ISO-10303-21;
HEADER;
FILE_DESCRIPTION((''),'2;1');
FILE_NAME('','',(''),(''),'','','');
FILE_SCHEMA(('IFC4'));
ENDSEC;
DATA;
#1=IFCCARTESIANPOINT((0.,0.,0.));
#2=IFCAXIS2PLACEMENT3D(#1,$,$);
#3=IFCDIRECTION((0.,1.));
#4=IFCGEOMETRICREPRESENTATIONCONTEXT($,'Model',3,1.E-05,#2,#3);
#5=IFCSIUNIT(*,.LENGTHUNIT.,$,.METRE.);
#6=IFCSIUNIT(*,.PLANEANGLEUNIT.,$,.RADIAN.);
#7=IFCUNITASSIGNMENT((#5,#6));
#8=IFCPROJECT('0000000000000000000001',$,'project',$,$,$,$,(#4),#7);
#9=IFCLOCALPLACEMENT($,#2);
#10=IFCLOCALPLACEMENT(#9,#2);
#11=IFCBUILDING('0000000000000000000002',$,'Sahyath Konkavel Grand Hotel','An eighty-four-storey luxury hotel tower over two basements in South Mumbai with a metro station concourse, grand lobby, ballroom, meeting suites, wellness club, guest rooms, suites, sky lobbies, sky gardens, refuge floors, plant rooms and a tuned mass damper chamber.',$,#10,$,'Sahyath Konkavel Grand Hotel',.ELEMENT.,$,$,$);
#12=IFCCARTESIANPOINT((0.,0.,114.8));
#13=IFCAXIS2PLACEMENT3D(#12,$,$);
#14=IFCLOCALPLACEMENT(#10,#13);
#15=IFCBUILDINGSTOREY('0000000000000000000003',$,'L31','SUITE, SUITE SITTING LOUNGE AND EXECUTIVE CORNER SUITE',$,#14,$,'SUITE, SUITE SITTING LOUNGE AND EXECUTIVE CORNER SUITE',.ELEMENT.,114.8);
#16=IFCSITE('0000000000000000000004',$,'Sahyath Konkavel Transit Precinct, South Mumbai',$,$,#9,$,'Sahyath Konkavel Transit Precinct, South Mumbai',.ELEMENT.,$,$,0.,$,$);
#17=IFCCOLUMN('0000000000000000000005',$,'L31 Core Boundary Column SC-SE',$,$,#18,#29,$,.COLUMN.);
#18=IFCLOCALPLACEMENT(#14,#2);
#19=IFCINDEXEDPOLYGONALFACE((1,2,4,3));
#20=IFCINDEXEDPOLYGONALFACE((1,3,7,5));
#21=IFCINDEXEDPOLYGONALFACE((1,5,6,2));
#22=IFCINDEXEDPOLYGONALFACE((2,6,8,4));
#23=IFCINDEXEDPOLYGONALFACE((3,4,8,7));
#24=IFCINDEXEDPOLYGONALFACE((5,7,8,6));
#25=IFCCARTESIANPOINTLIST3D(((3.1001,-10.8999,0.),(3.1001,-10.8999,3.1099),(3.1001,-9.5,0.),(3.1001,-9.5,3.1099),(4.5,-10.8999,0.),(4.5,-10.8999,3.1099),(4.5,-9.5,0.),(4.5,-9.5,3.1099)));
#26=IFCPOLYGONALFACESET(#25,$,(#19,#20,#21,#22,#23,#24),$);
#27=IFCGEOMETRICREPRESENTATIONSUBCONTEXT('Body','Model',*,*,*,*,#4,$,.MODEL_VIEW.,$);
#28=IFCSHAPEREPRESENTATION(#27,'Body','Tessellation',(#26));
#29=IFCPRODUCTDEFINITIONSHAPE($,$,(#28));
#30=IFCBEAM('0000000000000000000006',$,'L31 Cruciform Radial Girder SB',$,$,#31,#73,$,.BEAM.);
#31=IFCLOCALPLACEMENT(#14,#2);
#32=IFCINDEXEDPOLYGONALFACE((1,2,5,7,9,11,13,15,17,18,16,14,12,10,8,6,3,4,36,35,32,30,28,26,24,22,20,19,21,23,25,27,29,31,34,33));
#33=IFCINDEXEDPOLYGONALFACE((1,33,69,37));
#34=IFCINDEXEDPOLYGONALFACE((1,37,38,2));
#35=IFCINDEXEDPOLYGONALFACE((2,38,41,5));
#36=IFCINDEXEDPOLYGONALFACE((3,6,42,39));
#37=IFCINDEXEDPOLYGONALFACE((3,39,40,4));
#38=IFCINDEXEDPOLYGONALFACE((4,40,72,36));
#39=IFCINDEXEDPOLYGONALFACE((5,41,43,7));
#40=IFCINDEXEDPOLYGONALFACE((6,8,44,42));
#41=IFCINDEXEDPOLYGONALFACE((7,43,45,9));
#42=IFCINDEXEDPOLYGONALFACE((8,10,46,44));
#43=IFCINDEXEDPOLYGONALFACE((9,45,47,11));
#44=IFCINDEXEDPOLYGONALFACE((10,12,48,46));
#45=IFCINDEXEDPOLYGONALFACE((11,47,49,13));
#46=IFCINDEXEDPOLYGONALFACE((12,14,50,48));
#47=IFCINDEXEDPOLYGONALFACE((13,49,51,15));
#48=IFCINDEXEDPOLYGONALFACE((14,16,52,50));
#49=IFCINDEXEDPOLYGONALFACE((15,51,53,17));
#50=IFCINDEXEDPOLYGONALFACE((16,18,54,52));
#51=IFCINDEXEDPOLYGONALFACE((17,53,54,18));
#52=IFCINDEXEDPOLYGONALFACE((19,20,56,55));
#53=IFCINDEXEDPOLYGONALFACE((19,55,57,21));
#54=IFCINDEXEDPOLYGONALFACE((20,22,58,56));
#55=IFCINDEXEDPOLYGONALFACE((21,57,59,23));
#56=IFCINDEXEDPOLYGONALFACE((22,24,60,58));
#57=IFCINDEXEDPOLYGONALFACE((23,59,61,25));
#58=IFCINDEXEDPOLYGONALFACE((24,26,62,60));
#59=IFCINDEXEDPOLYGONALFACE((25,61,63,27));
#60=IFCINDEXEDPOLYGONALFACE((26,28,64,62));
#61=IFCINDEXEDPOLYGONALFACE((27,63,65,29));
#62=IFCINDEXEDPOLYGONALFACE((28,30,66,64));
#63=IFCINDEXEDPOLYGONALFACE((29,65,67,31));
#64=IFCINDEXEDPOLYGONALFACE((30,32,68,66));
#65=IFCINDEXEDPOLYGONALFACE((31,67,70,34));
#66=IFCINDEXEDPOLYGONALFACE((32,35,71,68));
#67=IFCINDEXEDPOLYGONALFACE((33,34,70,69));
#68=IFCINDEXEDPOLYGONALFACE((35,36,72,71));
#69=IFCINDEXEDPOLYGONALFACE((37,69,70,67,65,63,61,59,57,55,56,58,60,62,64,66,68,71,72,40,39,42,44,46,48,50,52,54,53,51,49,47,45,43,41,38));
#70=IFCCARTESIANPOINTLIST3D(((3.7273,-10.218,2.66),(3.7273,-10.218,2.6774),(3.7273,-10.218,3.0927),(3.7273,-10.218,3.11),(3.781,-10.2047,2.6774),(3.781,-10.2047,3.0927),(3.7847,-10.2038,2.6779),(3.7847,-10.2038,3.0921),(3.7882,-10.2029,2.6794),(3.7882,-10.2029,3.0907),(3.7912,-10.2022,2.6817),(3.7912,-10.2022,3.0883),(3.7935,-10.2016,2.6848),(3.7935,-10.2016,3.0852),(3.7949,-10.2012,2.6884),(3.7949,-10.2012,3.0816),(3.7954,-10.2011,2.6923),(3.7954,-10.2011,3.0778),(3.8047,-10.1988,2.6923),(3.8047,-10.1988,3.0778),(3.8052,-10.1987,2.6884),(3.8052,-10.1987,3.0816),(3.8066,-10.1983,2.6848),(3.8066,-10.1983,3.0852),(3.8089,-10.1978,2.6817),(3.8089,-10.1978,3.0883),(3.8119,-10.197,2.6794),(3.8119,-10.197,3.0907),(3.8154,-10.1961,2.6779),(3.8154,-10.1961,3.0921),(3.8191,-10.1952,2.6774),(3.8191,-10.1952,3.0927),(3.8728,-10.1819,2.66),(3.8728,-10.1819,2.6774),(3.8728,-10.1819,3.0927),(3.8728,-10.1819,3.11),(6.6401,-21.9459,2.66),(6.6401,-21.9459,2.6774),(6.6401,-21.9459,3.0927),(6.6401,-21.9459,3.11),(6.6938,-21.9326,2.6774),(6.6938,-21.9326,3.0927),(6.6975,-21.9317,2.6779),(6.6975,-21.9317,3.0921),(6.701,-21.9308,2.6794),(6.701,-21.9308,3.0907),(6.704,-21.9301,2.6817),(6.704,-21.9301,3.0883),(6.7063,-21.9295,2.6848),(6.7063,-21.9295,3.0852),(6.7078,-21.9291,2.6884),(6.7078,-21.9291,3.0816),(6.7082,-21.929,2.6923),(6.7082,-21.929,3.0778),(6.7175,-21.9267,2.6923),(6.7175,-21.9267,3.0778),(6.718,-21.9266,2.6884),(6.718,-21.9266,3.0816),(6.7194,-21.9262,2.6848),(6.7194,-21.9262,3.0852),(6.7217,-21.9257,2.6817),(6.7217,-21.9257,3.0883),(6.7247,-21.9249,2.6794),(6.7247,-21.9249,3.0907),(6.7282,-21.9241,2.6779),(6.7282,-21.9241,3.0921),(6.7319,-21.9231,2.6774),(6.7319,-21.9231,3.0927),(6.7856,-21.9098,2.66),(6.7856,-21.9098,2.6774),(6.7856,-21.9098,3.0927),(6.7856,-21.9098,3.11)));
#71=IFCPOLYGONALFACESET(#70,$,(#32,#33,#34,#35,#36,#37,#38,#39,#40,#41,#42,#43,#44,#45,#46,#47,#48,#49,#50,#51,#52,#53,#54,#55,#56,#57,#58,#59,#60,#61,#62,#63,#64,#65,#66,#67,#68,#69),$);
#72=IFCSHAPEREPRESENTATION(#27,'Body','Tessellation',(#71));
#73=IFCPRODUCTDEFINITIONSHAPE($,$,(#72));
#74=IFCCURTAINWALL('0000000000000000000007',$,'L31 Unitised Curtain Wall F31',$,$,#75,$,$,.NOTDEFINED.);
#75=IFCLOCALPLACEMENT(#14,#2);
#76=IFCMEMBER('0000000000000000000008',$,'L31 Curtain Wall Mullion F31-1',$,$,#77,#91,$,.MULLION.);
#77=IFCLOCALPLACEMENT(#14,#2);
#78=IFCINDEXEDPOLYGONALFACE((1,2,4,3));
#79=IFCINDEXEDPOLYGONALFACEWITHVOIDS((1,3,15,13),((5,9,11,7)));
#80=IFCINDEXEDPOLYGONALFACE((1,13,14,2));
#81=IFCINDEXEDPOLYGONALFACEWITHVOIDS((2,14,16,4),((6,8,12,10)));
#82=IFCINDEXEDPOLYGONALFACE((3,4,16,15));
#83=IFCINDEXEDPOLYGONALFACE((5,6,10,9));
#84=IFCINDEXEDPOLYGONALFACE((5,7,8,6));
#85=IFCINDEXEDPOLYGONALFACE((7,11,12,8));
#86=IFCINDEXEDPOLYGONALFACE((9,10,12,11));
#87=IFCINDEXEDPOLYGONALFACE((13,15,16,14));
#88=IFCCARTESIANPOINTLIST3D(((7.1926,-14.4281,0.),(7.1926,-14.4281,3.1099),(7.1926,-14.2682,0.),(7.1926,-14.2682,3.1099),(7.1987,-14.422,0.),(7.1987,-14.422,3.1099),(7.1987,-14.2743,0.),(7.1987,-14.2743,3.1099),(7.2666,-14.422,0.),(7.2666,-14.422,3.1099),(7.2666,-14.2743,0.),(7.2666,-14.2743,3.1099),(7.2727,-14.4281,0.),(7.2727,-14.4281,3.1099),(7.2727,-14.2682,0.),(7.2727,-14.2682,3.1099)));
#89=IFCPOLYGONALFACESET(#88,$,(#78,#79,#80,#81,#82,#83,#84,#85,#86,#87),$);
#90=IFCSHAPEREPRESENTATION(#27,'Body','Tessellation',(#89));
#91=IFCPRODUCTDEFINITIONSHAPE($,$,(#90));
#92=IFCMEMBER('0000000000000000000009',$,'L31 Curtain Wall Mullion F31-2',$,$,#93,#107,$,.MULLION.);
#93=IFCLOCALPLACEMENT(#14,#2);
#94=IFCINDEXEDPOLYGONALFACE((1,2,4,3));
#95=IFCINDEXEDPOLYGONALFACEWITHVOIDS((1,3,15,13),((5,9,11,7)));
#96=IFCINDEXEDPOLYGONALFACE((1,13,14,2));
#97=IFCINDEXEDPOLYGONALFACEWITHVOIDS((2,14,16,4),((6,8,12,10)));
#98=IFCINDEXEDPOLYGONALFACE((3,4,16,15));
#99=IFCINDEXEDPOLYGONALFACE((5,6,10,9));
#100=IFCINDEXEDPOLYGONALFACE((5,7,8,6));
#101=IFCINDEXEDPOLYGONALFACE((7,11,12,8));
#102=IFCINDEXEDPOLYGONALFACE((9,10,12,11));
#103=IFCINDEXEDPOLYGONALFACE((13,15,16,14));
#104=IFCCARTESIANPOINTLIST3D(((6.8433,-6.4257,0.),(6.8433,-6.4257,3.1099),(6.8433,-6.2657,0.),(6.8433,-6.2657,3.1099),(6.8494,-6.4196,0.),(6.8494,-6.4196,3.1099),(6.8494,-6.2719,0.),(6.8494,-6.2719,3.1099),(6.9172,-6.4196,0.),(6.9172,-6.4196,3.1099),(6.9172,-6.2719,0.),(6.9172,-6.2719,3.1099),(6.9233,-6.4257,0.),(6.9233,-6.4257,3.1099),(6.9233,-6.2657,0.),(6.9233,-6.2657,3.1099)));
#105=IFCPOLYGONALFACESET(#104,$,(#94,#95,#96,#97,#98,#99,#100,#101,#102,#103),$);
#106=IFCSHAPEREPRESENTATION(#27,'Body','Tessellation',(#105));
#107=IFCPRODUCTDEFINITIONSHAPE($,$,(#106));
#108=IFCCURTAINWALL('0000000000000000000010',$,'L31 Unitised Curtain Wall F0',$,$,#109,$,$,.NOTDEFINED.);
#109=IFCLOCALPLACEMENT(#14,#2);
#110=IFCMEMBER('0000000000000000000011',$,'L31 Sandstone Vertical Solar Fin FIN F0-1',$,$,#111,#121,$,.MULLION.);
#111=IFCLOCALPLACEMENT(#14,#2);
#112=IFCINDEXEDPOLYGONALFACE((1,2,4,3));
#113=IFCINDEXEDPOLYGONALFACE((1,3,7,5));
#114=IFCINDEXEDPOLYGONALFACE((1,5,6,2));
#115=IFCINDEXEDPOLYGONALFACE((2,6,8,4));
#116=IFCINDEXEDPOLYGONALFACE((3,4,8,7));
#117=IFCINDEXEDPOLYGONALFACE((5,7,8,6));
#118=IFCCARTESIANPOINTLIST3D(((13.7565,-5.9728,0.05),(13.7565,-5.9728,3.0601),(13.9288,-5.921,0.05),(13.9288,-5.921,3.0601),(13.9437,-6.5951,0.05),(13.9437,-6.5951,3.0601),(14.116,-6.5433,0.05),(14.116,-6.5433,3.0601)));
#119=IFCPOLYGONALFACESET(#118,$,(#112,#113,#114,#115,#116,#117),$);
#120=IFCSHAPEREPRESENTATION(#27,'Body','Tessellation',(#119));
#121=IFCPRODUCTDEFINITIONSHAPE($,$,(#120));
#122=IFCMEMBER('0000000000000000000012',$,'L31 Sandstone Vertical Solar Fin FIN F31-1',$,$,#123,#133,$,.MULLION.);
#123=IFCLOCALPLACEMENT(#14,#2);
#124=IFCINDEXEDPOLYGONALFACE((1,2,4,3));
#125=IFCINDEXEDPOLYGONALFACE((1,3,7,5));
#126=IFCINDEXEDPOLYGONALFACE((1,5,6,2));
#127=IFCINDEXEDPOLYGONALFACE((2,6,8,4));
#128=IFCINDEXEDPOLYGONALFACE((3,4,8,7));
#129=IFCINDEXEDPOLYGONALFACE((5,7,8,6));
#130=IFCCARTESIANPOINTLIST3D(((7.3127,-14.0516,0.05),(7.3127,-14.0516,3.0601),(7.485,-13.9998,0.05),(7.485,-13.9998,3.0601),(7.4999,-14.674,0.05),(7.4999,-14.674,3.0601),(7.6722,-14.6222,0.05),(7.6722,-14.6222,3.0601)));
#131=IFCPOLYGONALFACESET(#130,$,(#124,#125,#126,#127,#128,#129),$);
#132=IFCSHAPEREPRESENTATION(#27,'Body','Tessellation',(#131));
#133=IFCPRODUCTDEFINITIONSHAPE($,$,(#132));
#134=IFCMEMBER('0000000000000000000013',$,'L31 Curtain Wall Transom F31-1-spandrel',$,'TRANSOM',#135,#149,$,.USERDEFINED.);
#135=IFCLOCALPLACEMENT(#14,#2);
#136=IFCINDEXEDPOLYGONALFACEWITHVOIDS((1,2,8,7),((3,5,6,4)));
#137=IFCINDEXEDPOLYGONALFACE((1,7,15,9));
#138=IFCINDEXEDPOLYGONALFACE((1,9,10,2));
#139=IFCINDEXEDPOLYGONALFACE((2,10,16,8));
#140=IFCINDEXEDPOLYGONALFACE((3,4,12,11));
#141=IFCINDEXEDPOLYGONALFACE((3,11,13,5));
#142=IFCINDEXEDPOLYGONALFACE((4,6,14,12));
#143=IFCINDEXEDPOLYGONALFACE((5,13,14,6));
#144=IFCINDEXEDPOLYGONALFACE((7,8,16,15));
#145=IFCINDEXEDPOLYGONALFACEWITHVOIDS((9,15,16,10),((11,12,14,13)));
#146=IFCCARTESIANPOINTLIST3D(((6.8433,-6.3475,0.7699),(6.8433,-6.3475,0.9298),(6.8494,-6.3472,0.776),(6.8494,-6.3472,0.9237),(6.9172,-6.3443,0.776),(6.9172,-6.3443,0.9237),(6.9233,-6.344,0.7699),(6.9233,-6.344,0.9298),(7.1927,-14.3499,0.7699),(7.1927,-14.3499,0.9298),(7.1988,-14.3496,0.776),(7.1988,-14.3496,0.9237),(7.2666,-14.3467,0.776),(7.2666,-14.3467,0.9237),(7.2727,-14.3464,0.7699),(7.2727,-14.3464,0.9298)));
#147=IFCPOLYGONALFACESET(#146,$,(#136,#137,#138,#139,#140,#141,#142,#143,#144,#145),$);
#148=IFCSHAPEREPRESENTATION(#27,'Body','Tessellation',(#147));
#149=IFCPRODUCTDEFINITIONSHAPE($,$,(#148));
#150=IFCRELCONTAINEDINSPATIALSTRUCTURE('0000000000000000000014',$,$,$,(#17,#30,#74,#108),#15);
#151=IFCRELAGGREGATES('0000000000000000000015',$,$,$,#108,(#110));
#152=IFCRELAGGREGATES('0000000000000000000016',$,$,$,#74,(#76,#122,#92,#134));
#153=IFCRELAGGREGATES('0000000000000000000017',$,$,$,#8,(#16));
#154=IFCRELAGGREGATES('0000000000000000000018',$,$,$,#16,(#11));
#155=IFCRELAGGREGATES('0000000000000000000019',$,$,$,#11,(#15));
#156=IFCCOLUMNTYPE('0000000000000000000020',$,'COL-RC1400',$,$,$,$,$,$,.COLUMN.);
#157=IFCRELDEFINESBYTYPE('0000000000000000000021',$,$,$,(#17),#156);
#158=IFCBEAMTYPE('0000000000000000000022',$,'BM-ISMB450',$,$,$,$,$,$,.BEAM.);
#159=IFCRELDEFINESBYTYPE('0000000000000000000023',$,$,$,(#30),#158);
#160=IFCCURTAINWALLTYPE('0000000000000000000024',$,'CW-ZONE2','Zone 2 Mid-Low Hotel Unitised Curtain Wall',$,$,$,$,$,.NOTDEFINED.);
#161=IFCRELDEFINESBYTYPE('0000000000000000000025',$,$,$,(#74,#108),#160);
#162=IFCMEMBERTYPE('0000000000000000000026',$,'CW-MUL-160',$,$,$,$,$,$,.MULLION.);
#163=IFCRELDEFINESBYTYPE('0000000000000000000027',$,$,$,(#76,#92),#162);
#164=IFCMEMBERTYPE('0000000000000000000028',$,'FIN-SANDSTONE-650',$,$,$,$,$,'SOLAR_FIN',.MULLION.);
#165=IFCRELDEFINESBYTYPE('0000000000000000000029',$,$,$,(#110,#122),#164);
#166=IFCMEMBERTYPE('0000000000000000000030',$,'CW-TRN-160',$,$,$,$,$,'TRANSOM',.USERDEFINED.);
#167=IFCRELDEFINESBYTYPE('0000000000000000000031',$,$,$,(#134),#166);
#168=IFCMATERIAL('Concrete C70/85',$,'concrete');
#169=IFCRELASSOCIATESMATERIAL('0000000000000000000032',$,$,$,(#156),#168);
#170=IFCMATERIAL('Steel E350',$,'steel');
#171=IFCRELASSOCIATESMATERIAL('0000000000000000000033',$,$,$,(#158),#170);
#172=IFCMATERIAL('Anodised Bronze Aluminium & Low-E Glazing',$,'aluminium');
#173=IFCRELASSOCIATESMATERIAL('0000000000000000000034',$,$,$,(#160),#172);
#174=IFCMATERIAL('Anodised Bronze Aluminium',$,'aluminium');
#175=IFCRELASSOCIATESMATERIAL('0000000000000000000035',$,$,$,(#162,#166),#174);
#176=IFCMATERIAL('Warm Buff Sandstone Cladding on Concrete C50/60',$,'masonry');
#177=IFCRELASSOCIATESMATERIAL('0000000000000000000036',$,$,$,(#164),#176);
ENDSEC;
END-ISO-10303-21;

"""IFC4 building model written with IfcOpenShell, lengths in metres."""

from ifc_helpers import new_model, si_unit, direction, frame, origin, origin_2d, place, context, subcontext, project, spatial, rectangle, hollow_rectangle, i_section, extrude, source, transform, mapped, material, material_profile, profile_set, type_object, element, aggregate, save


model = new_model("IFC4")

# Units and contexts
model_context = context("Model", 3, precision=1e-05, world=origin(), true_north=direction((0.0, 1.0)))
body_context = subcontext(model_context, "Body", "Model", "MODEL_VIEW")
ifc_project = project(units=[si_unit("LENGTHUNIT", "METRE"), si_unit("PLANEANGLEUNIT", "RADIAN")], contexts=[model_context])

# Site, building, storey
site_placement = place(None, origin())
site = spatial("IfcSite", under=ifc_project, at=site_placement, Name="Sahyath Konkavel Transit Precinct, South Mumbai", LongName="Sahyath Konkavel Transit Precinct, South Mumbai", CompositionType="ELEMENT", RefElevation=0.0)
building_placement = place(site_placement, origin())
building = spatial("IfcBuilding", under=site, at=building_placement, Name="Sahyath Konkavel Grand Hotel", Description="An eighty-four-storey luxury hotel tower over two basements in South Mumbai with a metro station concourse, grand lobby, ballroom, meeting suites, wellness club, guest rooms, suites, sky lobbies, sky gardens, refuge floors, plant rooms and a tuned mass damper chamber.", LongName="Sahyath Konkavel Grand Hotel", CompositionType="ELEMENT")
storey_placement = place(building_placement, frame((0.0, 0.0, 114.8)))
storey = spatial("IfcBuildingStorey", under=building, at=storey_placement, Name="L31", Description="SUITE, SUITE SITTING LOUNGE AND EXECUTIVE CORNER SUITE", LongName="SUITE, SUITE SITTING LOUNGE AND EXECUTIVE CORNER SUITE", CompositionType="ELEMENT", Elevation=114.8)

# Column
ifc_material_1 = material(Name="Concrete C70/85", Category="concrete")
ifc_material_profile_1 = material_profile(ifc_material_1, rectangle(XDim=1.3999, YDim=1.3999, at=origin_2d()), Name="RC 1400x1400")
ifc_profile_set_1 = profile_set([ifc_material_profile_1], Name="Concrete C70/85")
column_type = type_object("IfcColumnType", Name="COL-RC1400", PredefinedType="COLUMN", material=ifc_profile_set_1)
shared_shape_1 = source(origin(), body_context, "Body", "SweptSolid", [
    extrude(rectangle(XDim=1.3999, YDim=1.3999, at=origin_2d()), origin(), (0.0, 0.0, 1.0), 3.1099),
])
column_placement = place(storey_placement, frame((3.8, -10.2, 0.0), z_axis=(0.0, 0.0, 1.0), x_axis=(1.0, 0.0, 0.0)))
element("IfcColumn", 1, at=column_placement, inside=storey, type_object=column_type, Name="L31 Core Boundary Column SC-SE", PredefinedType="COLUMN", context=body_context, shape_type="MappedRepresentation", body=[
    mapped(shared_shape_1, transform((0.0, 0.0, 0.0), scale=1.0)),
])

# Beam
ifc_material_2 = material(Name="Steel E350", Category="steel")
ifc_material_profile_2 = material_profile(ifc_material_2, i_section(OverallWidth=0.1499, OverallDepth=0.45, WebThickness=0.0095, FlangeThickness=0.0173, FilletRadius=0.0149, at=origin_2d()), Name="ISMB 450")
ifc_profile_set_2 = profile_set([ifc_material_profile_2], Name="Steel E350")
beam_type_1 = type_object("IfcBeamType", Name="BM-ISMB450", PredefinedType="BEAM", material=ifc_profile_set_2)
shared_shape_2 = source(origin(), body_context, "Body", "SweptSolid", [
    extrude(i_section(OverallWidth=0.1499, OverallDepth=0.45, WebThickness=0.0095, FlangeThickness=0.0173, FilletRadius=0.0149, at=origin_2d()), origin(), (0.0, 0.0, 1.0), 12.0842),
])
beam_1_placement = place(storey_placement, frame((3.8, -10.2, 2.885), z_axis=(0.241043, -0.970515, 0.0), x_axis=(0.970515, 0.241043, 0.0)))
element("IfcBeam", 2, at=beam_1_placement, inside=storey, type_object=beam_type_1, Name="L31 Cruciform Radial Girder SB", PredefinedType="BEAM", context=body_context, shape_type="MappedRepresentation", body=[
    mapped(shared_shape_2, transform((0.0, 0.0, 0.0), scale=1.0)),
])

# Curtain wall, members
ifc_material_3 = material(Name="Anodised Bronze Aluminium & Low-E Glazing", Category="aluminium")
curtain_wall_type = type_object("IfcCurtainWallType", Name="CW-ZONE2", Description="Zone 2 Mid-Low Hotel Unitised Curtain Wall", PredefinedType="NOTDEFINED", material=ifc_material_3)
curtain_wall_1_placement = place(storey_placement, origin())
curtain_wall_1 = element("IfcCurtainWall", 3, at=curtain_wall_1_placement, inside=storey, type_object=curtain_wall_type, Name="L31 Unitised Curtain Wall F31", PredefinedType="NOTDEFINED")
ifc_material_4 = material(Name="Anodised Bronze Aluminium", Category="aluminium")
ifc_material_profile_3 = material_profile(ifc_material_4, hollow_rectangle(XDim=0.0801, YDim=0.1599, WallThickness=0.0061, at=origin_2d()), Name="RHS 160x80x6")
ifc_profile_set_3 = profile_set([ifc_material_profile_3], Name="Anodised Bronze Aluminium")
member_type_1 = type_object("IfcMemberType", Name="CW-MUL-160", PredefinedType="MULLION", material=ifc_profile_set_3)
shared_shape_3 = source(origin(), body_context, "Body", "SweptSolid", [
    extrude(hollow_rectangle(XDim=0.0801, YDim=0.1599, WallThickness=0.0061, at=origin_2d()), origin(), (0.0, 0.0, 1.0), 3.1099),
])
member_1_placement = place(storey_placement, frame((7.2327, -14.3481, 0.0), z_axis=(0.0, 0.0, 1.0), x_axis=(1.0, 0.0, 0.0)))
member_1 = element("IfcMember", 4, at=member_1_placement, type_object=member_type_1, Name="L31 Curtain Wall Mullion F31-1", PredefinedType="MULLION", context=body_context, shape_type="MappedRepresentation", body=[
    mapped(shared_shape_3, transform((0.0, 0.0, 0.0), scale=1.0)),
])
member_2_placement = place(storey_placement, frame((6.8833, -6.3457, 0.0), z_axis=(0.0, 0.0, 1.0), x_axis=(1.0, 0.0, 0.0)))
member_2 = element("IfcMember", 5, at=member_2_placement, type_object=member_type_1, Name="L31 Curtain Wall Mullion F31-2", PredefinedType="MULLION", context=body_context, shape_type="MappedRepresentation", body=[
    mapped(shared_shape_3, transform((0.0, 0.0, 0.0), scale=1.0)),
])

# Curtain wall, member
curtain_wall_2_placement = place(storey_placement, origin())
curtain_wall_2 = element("IfcCurtainWall", 6, at=curtain_wall_2_placement, inside=storey, type_object=curtain_wall_type, Name="L31 Unitised Curtain Wall F0", PredefinedType="NOTDEFINED")
ifc_material_5 = material(Name="Warm Buff Sandstone Cladding on Concrete C50/60", Category="masonry")
ifc_material_profile_4 = material_profile(ifc_material_5, rectangle(XDim=0.1799, YDim=0.6499, at=origin_2d()), Name="FIN 180x650")
ifc_profile_set_4 = profile_set([ifc_material_profile_4], Name="Warm Buff Sandstone Cladding on Concrete C50/60")
member_type_2 = type_object("IfcMemberType", Name="FIN-SANDSTONE-650", ElementType="SOLAR_FIN", PredefinedType="MULLION", material=ifc_profile_set_4)
shared_shape_4 = source(origin(), body_context, "Body", "SweptSolid", [
    extrude(rectangle(XDim=0.1799, YDim=0.6499, at=origin_2d()), origin(), (0.0, 0.0, 1.0), 3.01),
])
member_3_placement = place(storey_placement, frame((13.9363, -6.2581, 0.05), z_axis=(0.0, 0.0, 1.0), x_axis=(0.957622, 0.288029, 0.0)))
member_3 = element("IfcMember", 7, at=member_3_placement, type_object=member_type_2, Name="L31 Sandstone Vertical Solar Fin FIN F0-1", PredefinedType="MULLION", context=body_context, shape_type="MappedRepresentation", body=[
    mapped(shared_shape_4, transform((0.0, 0.0, 0.0), scale=1.0)),
])
aggregate(curtain_wall_2, [member_3])

# Members
member_4_placement = place(storey_placement, frame((7.4924, -14.3369, 0.05), z_axis=(0.0, 0.0, 1.0), x_axis=(0.957622, 0.288029, 0.0)))
member_4 = element("IfcMember", 8, at=member_4_placement, type_object=member_type_2, Name="L31 Sandstone Vertical Solar Fin FIN F31-1", PredefinedType="MULLION", context=body_context, shape_type="MappedRepresentation", body=[
    mapped(shared_shape_4, transform((0.0, 0.0, 0.0), scale=1.0)),
])
ifc_material_profile_5 = material_profile(ifc_material_4, hollow_rectangle(XDim=0.0801, YDim=0.1599, WallThickness=0.0061, at=origin_2d()), Name="RHS 160x80x6")
ifc_profile_set_5 = profile_set([ifc_material_profile_5], Name="Anodised Bronze Aluminium")
member_type_3 = type_object("IfcMemberType", Name="CW-TRN-160", ElementType="TRANSOM", PredefinedType="USERDEFINED", material=ifc_profile_set_5)
shared_shape_5 = source(origin(), body_context, "Body", "SweptSolid", [
    extrude(hollow_rectangle(XDim=0.0801, YDim=0.1599, WallThickness=0.0061, at=origin_2d()), origin(), (0.0, 0.0, 1.0), 8.01),
])
member_5_placement = place(storey_placement, frame((7.2327, -14.3481, 0.8499), z_axis=(-0.043616, 0.999048, 0.0), x_axis=(-0.999048, -0.043616, 0.0)))
member_5 = element("IfcMember", 9, at=member_5_placement, type_object=member_type_3, Name="L31 Curtain Wall Transom F31-1-spandrel", ObjectType="TRANSOM", PredefinedType="USERDEFINED", context=body_context, shape_type="MappedRepresentation", body=[
    mapped(shared_shape_5, transform((0.0, 0.0, 0.0), scale=1.0)),
])

aggregate(curtain_wall_1, [member_1, member_4, member_2, member_5])

save(model, "model.ifc")
